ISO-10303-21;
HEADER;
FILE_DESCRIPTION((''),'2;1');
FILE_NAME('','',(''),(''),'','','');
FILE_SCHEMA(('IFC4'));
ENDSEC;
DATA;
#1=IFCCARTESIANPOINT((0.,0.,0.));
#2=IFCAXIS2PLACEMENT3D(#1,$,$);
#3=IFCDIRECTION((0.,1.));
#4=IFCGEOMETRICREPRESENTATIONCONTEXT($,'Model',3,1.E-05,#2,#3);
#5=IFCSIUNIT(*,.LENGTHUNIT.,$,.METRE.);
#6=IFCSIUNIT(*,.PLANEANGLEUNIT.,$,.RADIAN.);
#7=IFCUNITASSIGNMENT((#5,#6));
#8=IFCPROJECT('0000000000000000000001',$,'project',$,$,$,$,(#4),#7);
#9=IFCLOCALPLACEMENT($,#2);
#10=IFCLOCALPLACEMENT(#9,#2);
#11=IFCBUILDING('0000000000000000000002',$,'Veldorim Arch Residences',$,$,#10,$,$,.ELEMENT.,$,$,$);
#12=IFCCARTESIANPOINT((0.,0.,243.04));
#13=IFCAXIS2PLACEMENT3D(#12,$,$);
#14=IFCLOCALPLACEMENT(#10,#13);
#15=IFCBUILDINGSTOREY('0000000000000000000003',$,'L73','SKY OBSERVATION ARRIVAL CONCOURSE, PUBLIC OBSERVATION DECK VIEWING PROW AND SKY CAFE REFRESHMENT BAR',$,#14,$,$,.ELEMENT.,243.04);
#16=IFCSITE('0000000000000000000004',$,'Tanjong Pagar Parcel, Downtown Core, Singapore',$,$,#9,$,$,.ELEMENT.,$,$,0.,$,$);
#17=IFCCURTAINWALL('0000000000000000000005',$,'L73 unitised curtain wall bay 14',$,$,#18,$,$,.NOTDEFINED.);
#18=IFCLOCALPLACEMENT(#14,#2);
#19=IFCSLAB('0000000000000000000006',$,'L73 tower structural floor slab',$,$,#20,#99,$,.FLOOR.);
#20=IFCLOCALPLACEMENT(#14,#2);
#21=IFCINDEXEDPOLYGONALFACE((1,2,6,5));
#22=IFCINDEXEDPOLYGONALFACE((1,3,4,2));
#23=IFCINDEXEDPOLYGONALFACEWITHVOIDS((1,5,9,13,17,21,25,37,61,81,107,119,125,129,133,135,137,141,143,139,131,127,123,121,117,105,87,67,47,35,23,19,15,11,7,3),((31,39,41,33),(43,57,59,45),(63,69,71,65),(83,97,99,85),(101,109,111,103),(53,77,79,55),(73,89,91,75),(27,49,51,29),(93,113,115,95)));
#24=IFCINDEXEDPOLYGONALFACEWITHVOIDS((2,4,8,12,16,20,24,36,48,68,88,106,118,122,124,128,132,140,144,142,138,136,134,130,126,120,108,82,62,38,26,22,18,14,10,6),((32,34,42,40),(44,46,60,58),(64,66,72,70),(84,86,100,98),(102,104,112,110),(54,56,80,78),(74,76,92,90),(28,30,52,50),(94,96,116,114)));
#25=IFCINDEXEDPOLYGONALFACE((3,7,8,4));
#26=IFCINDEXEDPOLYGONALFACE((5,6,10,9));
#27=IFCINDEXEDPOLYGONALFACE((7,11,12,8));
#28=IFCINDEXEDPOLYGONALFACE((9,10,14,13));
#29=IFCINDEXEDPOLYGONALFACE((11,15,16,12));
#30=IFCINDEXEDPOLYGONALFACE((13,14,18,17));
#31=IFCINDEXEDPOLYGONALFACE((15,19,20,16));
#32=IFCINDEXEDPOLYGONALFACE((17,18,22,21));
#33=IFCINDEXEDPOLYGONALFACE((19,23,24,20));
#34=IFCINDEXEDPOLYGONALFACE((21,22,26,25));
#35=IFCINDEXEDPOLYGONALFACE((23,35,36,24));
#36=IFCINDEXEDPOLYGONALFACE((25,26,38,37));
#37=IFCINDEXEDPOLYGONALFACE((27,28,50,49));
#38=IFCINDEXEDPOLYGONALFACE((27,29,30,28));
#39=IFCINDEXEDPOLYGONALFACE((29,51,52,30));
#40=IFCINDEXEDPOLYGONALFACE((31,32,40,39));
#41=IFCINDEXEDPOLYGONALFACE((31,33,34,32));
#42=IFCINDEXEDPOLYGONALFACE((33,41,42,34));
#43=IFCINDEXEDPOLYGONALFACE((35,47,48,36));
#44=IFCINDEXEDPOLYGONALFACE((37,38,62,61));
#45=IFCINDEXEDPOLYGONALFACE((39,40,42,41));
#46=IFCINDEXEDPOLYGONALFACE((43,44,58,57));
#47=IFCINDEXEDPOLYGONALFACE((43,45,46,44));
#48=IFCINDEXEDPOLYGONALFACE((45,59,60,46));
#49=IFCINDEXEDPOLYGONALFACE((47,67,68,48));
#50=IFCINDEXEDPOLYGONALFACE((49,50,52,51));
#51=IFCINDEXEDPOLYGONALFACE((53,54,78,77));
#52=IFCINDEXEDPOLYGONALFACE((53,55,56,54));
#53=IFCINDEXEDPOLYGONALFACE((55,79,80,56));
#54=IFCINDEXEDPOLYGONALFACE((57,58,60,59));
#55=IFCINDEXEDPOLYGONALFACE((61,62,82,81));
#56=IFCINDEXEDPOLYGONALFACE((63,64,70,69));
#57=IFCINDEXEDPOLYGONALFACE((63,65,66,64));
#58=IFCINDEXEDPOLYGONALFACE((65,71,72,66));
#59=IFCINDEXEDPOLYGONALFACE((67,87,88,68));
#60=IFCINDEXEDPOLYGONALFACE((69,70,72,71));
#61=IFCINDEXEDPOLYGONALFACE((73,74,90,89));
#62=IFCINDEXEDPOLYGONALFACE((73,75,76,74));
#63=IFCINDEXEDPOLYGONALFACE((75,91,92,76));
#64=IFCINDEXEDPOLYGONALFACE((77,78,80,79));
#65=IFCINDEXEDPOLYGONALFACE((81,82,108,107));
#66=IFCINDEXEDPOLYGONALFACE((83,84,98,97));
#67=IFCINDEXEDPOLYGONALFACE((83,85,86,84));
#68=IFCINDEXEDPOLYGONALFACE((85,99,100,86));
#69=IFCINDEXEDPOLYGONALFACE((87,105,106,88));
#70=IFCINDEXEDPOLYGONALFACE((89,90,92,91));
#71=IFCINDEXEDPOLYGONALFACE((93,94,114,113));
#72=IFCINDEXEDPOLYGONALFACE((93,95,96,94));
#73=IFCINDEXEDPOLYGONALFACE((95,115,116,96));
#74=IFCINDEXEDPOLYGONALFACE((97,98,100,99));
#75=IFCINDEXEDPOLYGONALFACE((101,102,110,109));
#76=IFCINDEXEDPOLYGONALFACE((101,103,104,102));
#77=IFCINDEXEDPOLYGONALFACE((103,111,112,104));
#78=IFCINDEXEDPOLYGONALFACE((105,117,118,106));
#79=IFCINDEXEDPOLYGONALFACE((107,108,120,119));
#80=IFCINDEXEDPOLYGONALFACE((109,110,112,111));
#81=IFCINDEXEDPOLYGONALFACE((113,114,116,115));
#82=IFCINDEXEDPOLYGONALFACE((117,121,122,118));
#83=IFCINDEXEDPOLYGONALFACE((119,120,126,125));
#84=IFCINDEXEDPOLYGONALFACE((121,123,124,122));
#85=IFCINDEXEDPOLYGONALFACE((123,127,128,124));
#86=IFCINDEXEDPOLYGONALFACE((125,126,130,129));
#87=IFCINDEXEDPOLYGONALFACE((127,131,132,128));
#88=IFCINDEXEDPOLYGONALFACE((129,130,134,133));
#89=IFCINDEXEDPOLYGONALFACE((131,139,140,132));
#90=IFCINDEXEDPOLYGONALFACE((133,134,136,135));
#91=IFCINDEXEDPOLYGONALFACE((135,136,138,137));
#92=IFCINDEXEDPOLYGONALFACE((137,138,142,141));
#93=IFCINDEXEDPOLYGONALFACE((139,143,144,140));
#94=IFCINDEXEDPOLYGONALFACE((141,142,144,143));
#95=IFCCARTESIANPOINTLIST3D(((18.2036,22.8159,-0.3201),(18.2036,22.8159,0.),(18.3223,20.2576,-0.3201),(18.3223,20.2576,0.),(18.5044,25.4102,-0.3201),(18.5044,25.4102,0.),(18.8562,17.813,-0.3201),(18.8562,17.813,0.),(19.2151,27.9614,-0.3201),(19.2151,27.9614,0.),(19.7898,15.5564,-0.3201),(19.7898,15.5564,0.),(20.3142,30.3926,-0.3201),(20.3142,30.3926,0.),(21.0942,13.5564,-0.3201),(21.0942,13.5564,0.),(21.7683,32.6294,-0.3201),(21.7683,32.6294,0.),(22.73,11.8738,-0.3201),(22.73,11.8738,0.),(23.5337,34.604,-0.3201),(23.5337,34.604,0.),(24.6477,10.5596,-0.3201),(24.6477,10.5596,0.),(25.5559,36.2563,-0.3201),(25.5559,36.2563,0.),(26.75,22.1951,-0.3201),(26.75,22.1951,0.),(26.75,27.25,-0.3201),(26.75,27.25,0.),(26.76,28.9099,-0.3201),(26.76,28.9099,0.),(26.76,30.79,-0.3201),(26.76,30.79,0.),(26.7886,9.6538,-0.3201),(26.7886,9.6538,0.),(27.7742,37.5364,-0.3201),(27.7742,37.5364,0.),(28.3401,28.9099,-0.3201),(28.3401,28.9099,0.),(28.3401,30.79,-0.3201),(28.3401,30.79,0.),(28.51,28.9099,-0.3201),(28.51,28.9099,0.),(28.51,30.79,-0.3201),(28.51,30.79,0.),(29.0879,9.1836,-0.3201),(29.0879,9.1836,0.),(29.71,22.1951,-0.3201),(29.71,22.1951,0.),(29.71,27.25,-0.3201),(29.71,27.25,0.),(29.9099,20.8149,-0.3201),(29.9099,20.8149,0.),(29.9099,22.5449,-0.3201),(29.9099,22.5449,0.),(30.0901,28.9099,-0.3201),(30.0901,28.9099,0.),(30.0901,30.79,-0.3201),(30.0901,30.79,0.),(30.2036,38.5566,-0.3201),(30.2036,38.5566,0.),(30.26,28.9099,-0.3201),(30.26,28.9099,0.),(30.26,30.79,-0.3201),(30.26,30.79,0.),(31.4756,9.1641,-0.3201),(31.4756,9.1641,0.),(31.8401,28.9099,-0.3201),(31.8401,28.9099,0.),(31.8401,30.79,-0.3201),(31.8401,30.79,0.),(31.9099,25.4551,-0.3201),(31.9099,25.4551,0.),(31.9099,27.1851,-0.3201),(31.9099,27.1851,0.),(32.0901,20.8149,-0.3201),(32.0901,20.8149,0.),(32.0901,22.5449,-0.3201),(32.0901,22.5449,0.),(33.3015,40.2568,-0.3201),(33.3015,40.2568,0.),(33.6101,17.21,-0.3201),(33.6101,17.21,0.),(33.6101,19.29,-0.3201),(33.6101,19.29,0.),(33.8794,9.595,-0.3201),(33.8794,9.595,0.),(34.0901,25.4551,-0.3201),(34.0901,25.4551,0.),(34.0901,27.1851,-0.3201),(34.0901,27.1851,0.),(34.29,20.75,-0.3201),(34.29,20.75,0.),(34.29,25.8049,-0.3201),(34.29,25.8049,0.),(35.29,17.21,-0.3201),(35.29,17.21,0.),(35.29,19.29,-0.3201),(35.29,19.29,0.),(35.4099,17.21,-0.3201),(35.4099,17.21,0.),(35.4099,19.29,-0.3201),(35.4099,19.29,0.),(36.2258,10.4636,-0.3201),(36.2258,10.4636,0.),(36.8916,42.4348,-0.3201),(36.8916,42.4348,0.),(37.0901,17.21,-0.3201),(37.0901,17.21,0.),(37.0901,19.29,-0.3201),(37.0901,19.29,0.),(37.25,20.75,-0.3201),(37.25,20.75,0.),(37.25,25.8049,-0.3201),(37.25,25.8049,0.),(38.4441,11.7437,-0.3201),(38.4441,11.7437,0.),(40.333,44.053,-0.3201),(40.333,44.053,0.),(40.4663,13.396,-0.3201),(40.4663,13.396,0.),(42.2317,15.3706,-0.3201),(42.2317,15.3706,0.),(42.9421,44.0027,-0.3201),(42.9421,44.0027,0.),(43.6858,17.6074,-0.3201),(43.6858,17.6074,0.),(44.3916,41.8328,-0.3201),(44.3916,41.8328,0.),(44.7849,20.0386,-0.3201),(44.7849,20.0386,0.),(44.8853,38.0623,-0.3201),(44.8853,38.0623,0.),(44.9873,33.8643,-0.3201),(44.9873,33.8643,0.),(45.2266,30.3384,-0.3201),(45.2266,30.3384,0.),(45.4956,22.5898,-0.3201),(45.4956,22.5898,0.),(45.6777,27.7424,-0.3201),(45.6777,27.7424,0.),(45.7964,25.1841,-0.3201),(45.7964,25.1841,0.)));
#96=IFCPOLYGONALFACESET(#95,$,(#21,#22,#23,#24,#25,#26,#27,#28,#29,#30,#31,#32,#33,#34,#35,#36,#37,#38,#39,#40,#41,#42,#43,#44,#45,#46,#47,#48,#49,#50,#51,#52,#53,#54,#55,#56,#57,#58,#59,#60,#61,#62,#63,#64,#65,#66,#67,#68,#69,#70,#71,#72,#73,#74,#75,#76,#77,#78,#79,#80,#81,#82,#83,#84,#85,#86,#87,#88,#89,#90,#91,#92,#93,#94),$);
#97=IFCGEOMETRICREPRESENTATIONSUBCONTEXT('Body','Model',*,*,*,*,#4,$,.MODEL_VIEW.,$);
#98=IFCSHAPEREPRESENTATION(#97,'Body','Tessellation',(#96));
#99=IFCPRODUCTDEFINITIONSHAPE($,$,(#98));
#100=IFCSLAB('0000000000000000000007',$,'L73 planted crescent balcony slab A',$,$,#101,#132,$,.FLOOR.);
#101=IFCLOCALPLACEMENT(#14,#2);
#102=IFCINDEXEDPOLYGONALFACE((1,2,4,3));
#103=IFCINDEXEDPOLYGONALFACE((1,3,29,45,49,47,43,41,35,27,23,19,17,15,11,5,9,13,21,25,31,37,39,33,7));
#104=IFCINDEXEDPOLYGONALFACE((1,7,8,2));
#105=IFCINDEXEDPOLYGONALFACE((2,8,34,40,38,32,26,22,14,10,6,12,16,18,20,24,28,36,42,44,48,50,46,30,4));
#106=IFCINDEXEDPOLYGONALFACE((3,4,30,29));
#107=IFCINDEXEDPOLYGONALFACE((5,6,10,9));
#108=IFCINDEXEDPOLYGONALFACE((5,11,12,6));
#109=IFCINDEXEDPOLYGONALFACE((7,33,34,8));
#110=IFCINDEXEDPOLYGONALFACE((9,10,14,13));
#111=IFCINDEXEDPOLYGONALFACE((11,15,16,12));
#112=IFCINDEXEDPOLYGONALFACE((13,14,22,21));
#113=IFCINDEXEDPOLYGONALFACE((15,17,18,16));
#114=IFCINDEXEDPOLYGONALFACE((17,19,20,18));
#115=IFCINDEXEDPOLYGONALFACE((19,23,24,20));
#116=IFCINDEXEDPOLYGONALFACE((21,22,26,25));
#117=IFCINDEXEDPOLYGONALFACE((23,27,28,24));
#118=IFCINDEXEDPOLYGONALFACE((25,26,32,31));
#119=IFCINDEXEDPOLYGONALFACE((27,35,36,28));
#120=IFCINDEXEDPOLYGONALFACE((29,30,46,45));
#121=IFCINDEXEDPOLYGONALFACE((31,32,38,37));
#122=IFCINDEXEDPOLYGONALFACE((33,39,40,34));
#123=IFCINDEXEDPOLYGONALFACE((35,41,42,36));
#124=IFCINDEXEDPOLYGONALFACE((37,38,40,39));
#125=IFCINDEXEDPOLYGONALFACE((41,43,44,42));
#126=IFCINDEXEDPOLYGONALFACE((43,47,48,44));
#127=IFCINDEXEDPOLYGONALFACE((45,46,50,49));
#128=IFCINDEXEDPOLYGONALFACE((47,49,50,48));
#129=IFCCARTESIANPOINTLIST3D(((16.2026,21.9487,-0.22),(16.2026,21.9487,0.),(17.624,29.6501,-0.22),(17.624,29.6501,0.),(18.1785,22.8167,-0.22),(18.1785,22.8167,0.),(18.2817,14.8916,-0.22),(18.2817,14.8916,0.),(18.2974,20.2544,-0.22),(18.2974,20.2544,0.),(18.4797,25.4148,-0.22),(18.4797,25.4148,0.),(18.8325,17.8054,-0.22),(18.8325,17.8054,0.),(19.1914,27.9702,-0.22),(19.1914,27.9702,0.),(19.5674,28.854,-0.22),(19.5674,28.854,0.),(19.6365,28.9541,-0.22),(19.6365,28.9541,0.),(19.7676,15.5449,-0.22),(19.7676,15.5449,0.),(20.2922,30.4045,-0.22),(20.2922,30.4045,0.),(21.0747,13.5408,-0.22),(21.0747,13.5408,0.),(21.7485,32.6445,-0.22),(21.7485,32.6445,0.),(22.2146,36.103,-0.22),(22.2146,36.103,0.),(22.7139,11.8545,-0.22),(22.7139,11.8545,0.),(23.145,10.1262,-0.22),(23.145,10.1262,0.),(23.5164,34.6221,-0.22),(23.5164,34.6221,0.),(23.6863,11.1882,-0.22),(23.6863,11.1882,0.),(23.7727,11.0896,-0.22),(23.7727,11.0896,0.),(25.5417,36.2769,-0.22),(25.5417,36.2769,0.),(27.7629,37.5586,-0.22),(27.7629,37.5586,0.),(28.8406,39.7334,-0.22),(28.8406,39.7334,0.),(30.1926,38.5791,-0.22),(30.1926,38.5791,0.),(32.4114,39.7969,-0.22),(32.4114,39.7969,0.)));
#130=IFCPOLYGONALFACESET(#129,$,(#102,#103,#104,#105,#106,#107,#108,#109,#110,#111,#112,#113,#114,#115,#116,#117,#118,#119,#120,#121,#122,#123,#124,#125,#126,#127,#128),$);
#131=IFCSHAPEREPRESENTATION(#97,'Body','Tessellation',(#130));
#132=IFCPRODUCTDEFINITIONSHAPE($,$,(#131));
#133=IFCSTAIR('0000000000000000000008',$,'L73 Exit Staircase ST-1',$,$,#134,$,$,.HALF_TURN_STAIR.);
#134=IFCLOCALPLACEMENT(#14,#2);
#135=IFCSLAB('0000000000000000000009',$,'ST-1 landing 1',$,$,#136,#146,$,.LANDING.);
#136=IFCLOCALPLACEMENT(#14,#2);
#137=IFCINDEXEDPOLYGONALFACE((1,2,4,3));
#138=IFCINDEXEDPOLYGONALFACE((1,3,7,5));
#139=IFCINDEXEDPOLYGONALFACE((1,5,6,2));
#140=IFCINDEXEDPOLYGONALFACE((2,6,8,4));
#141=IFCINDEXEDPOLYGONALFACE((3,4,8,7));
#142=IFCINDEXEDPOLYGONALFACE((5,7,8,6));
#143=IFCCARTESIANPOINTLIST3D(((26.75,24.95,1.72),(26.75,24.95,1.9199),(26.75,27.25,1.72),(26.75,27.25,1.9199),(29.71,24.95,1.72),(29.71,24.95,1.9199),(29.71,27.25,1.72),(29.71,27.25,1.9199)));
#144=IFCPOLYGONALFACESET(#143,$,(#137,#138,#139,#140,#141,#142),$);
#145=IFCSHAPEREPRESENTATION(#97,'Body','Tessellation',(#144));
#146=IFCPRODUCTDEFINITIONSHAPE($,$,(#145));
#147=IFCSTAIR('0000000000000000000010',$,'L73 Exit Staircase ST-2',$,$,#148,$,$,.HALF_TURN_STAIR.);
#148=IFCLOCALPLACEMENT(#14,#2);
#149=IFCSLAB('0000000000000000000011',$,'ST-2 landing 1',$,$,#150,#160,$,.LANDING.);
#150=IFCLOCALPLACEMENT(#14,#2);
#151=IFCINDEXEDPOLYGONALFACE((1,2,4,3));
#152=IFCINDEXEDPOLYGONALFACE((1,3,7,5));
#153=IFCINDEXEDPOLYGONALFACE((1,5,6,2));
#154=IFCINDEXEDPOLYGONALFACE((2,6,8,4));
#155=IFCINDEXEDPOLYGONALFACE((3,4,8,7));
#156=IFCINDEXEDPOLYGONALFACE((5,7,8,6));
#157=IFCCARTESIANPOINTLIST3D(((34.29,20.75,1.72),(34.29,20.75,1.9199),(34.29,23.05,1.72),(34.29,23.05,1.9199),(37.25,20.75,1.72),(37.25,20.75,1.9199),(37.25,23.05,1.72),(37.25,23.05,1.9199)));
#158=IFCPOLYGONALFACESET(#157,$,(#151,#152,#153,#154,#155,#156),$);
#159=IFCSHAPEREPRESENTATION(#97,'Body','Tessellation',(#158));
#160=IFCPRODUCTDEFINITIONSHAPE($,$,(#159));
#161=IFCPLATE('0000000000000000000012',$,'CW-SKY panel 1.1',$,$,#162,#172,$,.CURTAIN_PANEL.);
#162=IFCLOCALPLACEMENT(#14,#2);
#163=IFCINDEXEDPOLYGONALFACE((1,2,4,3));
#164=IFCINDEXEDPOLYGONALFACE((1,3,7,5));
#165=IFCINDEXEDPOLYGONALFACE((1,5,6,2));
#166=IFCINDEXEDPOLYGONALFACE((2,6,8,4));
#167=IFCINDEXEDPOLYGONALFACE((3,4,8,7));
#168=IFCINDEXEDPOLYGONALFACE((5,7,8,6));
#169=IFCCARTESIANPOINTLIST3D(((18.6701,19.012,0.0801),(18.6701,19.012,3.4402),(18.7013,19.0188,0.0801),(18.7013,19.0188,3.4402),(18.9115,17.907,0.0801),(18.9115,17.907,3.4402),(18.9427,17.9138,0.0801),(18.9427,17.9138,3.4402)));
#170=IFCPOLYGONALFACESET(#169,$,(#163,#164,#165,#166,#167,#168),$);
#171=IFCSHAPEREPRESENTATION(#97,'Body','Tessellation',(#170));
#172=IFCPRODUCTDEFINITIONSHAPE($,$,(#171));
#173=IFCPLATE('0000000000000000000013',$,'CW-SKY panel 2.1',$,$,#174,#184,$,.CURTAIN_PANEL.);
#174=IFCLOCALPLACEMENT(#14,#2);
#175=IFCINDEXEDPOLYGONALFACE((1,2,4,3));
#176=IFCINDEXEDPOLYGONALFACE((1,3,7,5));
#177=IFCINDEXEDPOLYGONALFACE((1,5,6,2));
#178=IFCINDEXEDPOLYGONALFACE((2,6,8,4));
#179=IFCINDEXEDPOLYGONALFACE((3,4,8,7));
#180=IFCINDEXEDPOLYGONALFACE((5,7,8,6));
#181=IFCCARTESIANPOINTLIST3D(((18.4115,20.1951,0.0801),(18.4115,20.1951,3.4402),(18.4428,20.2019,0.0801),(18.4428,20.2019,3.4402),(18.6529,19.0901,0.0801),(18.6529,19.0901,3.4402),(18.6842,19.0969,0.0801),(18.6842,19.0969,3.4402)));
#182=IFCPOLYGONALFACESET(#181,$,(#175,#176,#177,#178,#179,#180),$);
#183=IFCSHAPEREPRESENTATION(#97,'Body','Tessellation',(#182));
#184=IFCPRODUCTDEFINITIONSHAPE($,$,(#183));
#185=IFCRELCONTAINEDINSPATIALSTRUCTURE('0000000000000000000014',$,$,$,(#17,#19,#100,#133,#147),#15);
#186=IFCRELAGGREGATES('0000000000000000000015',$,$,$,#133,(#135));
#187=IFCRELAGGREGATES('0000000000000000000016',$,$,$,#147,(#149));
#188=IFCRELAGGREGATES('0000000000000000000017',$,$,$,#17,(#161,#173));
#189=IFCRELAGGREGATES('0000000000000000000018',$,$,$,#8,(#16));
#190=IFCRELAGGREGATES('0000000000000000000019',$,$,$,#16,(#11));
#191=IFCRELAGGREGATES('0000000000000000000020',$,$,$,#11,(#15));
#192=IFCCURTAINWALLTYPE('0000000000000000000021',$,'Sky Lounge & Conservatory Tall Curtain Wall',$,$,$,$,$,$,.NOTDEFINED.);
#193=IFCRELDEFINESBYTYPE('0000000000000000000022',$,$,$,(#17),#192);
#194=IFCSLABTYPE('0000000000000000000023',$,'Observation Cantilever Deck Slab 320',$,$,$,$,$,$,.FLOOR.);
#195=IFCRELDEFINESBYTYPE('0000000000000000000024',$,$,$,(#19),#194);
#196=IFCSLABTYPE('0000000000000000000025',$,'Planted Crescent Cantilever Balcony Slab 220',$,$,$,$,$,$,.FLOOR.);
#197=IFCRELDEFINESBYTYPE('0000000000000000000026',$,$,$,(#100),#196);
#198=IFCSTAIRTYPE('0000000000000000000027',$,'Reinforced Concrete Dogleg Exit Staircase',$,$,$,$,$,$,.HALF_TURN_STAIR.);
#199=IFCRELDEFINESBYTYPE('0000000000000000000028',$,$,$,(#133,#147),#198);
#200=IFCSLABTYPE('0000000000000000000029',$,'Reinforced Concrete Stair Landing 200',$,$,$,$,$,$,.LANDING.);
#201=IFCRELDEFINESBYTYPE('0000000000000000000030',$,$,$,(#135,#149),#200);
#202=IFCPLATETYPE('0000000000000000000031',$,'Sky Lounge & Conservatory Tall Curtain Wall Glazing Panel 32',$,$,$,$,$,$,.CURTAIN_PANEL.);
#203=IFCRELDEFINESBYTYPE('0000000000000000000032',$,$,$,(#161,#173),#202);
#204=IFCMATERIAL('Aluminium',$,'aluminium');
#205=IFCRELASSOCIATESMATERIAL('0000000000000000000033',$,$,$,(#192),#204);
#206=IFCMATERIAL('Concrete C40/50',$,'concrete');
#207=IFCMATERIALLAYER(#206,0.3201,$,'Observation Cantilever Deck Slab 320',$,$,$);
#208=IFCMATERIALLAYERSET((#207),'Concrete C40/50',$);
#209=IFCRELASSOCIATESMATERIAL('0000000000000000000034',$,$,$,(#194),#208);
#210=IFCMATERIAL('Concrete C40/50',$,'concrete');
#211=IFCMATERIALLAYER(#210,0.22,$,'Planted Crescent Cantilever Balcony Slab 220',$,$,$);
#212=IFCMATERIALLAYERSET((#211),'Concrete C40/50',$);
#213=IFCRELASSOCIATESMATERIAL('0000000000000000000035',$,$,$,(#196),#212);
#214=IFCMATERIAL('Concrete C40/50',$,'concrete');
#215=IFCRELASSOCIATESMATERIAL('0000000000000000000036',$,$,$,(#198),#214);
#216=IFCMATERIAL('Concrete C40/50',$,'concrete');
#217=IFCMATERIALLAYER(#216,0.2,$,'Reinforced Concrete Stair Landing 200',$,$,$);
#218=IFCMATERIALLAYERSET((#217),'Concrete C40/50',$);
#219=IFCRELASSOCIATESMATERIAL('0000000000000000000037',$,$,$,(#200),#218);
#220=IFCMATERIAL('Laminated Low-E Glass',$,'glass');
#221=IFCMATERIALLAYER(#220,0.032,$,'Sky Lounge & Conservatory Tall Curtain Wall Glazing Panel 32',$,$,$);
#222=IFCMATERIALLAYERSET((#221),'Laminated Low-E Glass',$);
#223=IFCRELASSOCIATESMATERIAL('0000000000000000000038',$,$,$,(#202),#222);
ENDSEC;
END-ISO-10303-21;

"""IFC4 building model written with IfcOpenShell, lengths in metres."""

from ifc_helpers import new_model, si_unit, direction, frame, origin, origin_2d, place, context, subcontext, project, spatial, polyline, rectangle, outline, extrude, material, layer, layer_set, type_object, element, aggregate, save


model = new_model("IFC4")

# Units and contexts
model_context = context("Model", 3, precision=1e-05, world=origin(), true_north=direction((0.0, 1.0)))
body_context = subcontext(model_context, "Body", "Model", "MODEL_VIEW")
ifc_project = project(units=[si_unit("LENGTHUNIT", "METRE"), si_unit("PLANEANGLEUNIT", "RADIAN")], contexts=[model_context])

# Site, building, storey
site_placement = place(None, origin())
site = spatial("IfcSite", under=ifc_project, at=site_placement, Name="Tanjong Pagar Parcel, Downtown Core, Singapore", CompositionType="ELEMENT", RefElevation=0.0)
building_placement = place(site_placement, origin())
building = spatial("IfcBuilding", under=site, at=building_placement, Name="Veldorim Arch Residences", CompositionType="ELEMENT")
storey_placement = place(building_placement, frame((0.0, 0.0, 243.04)))
storey = spatial("IfcBuildingStorey", under=building, at=storey_placement, Name="L73", Description="SKY OBSERVATION ARRIVAL CONCOURSE, PUBLIC OBSERVATION DECK VIEWING PROW AND SKY CAFE REFRESHMENT BAR", CompositionType="ELEMENT", Elevation=243.04)

# Curtain wall
ifc_material_1 = material(Name="Aluminium", Category="aluminium")
curtain_wall_type = type_object("IfcCurtainWallType", Name="Sky Lounge & Conservatory Tall Curtain Wall", PredefinedType="NOTDEFINED", material=ifc_material_1)
curtain_wall_1_placement = place(storey_placement, origin())
curtain_wall_1 = element("IfcCurtainWall", 1, at=curtain_wall_1_placement, inside=storey, type_object=curtain_wall_type, Name="L73 unitised curtain wall bay 14", PredefinedType="NOTDEFINED")

# Slabs
ifc_material_2 = material(Name="Concrete C40/50", Category="concrete")
ifc_layer_1 = layer(ifc_material_2, 0.3201, Name="Observation Cantilever Deck Slab 320")
ifc_layer_set_1 = layer_set([ifc_layer_1], Name="Concrete C40/50")
slab_type_1 = type_object("IfcSlabType", Name="Observation Cantilever Deck Slab 320", PredefinedType="FLOOR", material=ifc_layer_set_1)
slab_1_placement = place(storey_placement, frame((0.0, 0.0, -0.3201)))
element("IfcSlab", 2, at=slab_1_placement, inside=storey, type_object=slab_type_1, Name="L73 tower structural floor slab", PredefinedType="FLOOR", context=body_context, shape_type="SweptSolid", body=[
    extrude(outline(polyline([(42.9421, 44.0027), (40.333, 44.053), (36.8916, 42.4348), (33.3015, 40.2568), (30.2036, 38.5566), (27.7742, 37.5364), (25.5559, 36.2563), (23.5337, 34.604), (21.7683, 32.6294), (20.3142, 30.3926), (19.2151, 27.9614), (18.5044, 25.4102), (18.2036, 22.8159), (18.3223, 20.2576), (18.8562, 17.813), (19.7898, 15.5564), (21.0942, 13.5564), (22.73, 11.8738), (24.6477, 10.5596), (26.7886, 9.6538), (29.0879, 9.1836), (31.4756, 9.1641), (33.8794, 9.595), (36.2258, 10.4636), (38.4441, 11.7437), (40.4663, 13.396), (42.2317, 15.3706), (43.6858, 17.6074), (44.7849, 20.0386), (45.4956, 22.5898), (45.7964, 25.1841), (45.6777, 27.7424), (45.2266, 30.3384), (44.9873, 33.8643), (44.8853, 38.0623), (44.3916, 41.8328), (42.9421, 44.0027)]), holes=[polyline([(33.6101, 17.21), (33.6101, 19.29), (35.29, 19.29), (35.29, 17.21), (33.6101, 17.21)]), polyline([(35.4099, 17.21), (35.4099, 19.29), (37.0901, 19.29), (37.0901, 17.21), (35.4099, 17.21)]), polyline([(29.9099, 20.8149), (29.9099, 22.5449), (32.0901, 22.5449), (32.0901, 20.8149), (29.9099, 20.8149)]), polyline([(34.29, 20.75), (34.29, 25.8049), (37.25, 25.8049), (37.25, 20.75), (34.29, 20.75)]), polyline([(26.75, 22.1951), (26.75, 27.25), (29.71, 27.25), (29.71, 22.1951), (26.75, 22.1951)]), polyline([(31.9099, 25.4551), (31.9099, 27.1851), (34.0901, 27.1851), (34.0901, 25.4551), (31.9099, 25.4551)]), polyline([(26.76, 28.9099), (26.76, 30.79), (28.3401, 30.79), (28.3401, 28.9099), (26.76, 28.9099)]), polyline([(28.51, 30.79), (30.0901, 30.79), (30.0901, 28.9099), (28.51, 28.9099), (28.51, 30.79)]), polyline([(30.26, 30.79), (31.8401, 30.79), (31.8401, 28.9099), (30.26, 28.9099), (30.26, 30.79)])]), origin(), (0.0, 0.0, 1.0), 0.3201),
])
ifc_material_3 = material(Name="Concrete C40/50", Category="concrete")
ifc_layer_2 = layer(ifc_material_3, 0.22, Name="Planted Crescent Cantilever Balcony Slab 220")
ifc_layer_set_2 = layer_set([ifc_layer_2], Name="Concrete C40/50")
slab_type_2 = type_object("IfcSlabType", Name="Planted Crescent Cantilever Balcony Slab 220", PredefinedType="FLOOR", material=ifc_layer_set_2)
slab_2_placement = place(storey_placement, frame((0.0, 0.0, -0.22)))
element("IfcSlab", 3, at=slab_2_placement, inside=storey, type_object=slab_type_2, Name="L73 planted crescent balcony slab A", PredefinedType="FLOOR", context=body_context, shape_type="SweptSolid", body=[
    extrude(outline(polyline([(19.5674, 28.854), (19.1914, 27.9702), (18.4797, 25.4148), (18.1785, 22.8167), (18.2974, 20.2544), (18.8325, 17.8054), (19.7676, 15.5449), (21.0747, 13.5408), (22.7139, 11.8545), (23.6863, 11.1882), (23.7727, 11.0896), (23.145, 10.1262), (18.2817, 14.8916), (16.2026, 21.9487), (17.624, 29.6501), (22.2146, 36.103), (28.8406, 39.7334), (32.4114, 39.7969), (30.1926, 38.5791), (27.7629, 37.5586), (25.5417, 36.2769), (23.5164, 34.6221), (21.7485, 32.6445), (20.2922, 30.4045), (19.6365, 28.9541), (19.5674, 28.854)])), origin(), (0.0, 0.0, 1.0), 0.22),
])

# Stairs, slabs
ifc_material_4 = material(Name="Concrete C40/50", Category="concrete")
stair_type = type_object("IfcStairType", Name="Reinforced Concrete Dogleg Exit Staircase", PredefinedType="HALF_TURN_STAIR", material=ifc_material_4)
stair_1_placement = place(storey_placement, origin())
stair_1 = element("IfcStair", 4, at=stair_1_placement, inside=storey, type_object=stair_type, Name="L73 Exit Staircase ST-1", PredefinedType="HALF_TURN_STAIR")
ifc_material_5 = material(Name="Concrete C40/50", Category="concrete")
ifc_layer_3 = layer(ifc_material_5, 0.2, Name="Reinforced Concrete Stair Landing 200")
ifc_layer_set_3 = layer_set([ifc_layer_3], Name="Concrete C40/50")
slab_type_3 = type_object("IfcSlabType", Name="Reinforced Concrete Stair Landing 200", PredefinedType="LANDING", material=ifc_layer_set_3)
slab_3_placement = place(storey_placement, frame((0.0, 0.0, 1.72)))
slab_3 = element("IfcSlab", 5, at=slab_3_placement, type_object=slab_type_3, Name="ST-1 landing 1", PredefinedType="LANDING", context=body_context, shape_type="SweptSolid", body=[
    extrude(outline(polyline([(29.71, 24.95), (29.71, 27.25), (26.75, 27.25), (26.75, 24.95), (29.71, 24.95)])), origin(), (0.0, 0.0, 1.0), 0.2),
])
aggregate(stair_1, [slab_3])
stair_2_placement = place(storey_placement, origin())
stair_2 = element("IfcStair", 6, at=stair_2_placement, inside=storey, type_object=stair_type, Name="L73 Exit Staircase ST-2", PredefinedType="HALF_TURN_STAIR")
slab_4_placement = place(storey_placement, frame((0.0, 0.0, 1.72)))
slab_4 = element("IfcSlab", 7, at=slab_4_placement, type_object=slab_type_3, Name="ST-2 landing 1", PredefinedType="LANDING", context=body_context, shape_type="SweptSolid", body=[
    extrude(outline(polyline([(34.29, 23.05), (34.29, 20.75), (37.25, 20.75), (37.25, 23.05), (34.29, 23.05)])), origin(), (0.0, 0.0, 1.0), 0.2),
])
aggregate(stair_2, [slab_4])

# Plates
ifc_material_6 = material(Name="Laminated Low-E Glass", Category="glass")
ifc_layer_4 = layer(ifc_material_6, 0.032, Name="Sky Lounge & Conservatory Tall Curtain Wall Glazing Panel 32")
ifc_layer_set_4 = layer_set([ifc_layer_4], Name="Laminated Low-E Glass")
plate_type = type_object("IfcPlateType", Name="Sky Lounge & Conservatory Tall Curtain Wall Glazing Panel 32", PredefinedType="CURTAIN_PANEL", material=ifc_layer_set_4)
plate_1_placement = place(storey_placement, frame((18.8064, 18.4629, 0.0801), z_axis=(0.0, 0.0, 1.0), x_axis=(-0.213447, 0.976955, 0.0)))
plate_1 = element("IfcPlate", 8, at=plate_1_placement, type_object=plate_type, Name="CW-SKY panel 1.1", PredefinedType="CURTAIN_PANEL", context=body_context, shape_type="SweptSolid", body=[
    extrude(rectangle(XDim=1.1311, YDim=0.032, at=origin_2d()), origin(), (0.0, 0.0, 1.0), 3.3601),
])
plate_2_placement = place(storey_placement, frame((18.5479, 19.646, 0.0801), z_axis=(0.0, 0.0, 1.0), x_axis=(-0.213447, 0.976955, 0.0)))
plate_2 = element("IfcPlate", 9, at=plate_2_placement, type_object=plate_type, Name="CW-SKY panel 2.1", PredefinedType="CURTAIN_PANEL", context=body_context, shape_type="SweptSolid", body=[
    extrude(rectangle(XDim=1.1311, YDim=0.032, at=origin_2d()), origin(), (0.0, 0.0, 1.0), 3.3601),
])
aggregate(curtain_wall_1, [plate_1, plate_2])

save(model, "model.ifc")
